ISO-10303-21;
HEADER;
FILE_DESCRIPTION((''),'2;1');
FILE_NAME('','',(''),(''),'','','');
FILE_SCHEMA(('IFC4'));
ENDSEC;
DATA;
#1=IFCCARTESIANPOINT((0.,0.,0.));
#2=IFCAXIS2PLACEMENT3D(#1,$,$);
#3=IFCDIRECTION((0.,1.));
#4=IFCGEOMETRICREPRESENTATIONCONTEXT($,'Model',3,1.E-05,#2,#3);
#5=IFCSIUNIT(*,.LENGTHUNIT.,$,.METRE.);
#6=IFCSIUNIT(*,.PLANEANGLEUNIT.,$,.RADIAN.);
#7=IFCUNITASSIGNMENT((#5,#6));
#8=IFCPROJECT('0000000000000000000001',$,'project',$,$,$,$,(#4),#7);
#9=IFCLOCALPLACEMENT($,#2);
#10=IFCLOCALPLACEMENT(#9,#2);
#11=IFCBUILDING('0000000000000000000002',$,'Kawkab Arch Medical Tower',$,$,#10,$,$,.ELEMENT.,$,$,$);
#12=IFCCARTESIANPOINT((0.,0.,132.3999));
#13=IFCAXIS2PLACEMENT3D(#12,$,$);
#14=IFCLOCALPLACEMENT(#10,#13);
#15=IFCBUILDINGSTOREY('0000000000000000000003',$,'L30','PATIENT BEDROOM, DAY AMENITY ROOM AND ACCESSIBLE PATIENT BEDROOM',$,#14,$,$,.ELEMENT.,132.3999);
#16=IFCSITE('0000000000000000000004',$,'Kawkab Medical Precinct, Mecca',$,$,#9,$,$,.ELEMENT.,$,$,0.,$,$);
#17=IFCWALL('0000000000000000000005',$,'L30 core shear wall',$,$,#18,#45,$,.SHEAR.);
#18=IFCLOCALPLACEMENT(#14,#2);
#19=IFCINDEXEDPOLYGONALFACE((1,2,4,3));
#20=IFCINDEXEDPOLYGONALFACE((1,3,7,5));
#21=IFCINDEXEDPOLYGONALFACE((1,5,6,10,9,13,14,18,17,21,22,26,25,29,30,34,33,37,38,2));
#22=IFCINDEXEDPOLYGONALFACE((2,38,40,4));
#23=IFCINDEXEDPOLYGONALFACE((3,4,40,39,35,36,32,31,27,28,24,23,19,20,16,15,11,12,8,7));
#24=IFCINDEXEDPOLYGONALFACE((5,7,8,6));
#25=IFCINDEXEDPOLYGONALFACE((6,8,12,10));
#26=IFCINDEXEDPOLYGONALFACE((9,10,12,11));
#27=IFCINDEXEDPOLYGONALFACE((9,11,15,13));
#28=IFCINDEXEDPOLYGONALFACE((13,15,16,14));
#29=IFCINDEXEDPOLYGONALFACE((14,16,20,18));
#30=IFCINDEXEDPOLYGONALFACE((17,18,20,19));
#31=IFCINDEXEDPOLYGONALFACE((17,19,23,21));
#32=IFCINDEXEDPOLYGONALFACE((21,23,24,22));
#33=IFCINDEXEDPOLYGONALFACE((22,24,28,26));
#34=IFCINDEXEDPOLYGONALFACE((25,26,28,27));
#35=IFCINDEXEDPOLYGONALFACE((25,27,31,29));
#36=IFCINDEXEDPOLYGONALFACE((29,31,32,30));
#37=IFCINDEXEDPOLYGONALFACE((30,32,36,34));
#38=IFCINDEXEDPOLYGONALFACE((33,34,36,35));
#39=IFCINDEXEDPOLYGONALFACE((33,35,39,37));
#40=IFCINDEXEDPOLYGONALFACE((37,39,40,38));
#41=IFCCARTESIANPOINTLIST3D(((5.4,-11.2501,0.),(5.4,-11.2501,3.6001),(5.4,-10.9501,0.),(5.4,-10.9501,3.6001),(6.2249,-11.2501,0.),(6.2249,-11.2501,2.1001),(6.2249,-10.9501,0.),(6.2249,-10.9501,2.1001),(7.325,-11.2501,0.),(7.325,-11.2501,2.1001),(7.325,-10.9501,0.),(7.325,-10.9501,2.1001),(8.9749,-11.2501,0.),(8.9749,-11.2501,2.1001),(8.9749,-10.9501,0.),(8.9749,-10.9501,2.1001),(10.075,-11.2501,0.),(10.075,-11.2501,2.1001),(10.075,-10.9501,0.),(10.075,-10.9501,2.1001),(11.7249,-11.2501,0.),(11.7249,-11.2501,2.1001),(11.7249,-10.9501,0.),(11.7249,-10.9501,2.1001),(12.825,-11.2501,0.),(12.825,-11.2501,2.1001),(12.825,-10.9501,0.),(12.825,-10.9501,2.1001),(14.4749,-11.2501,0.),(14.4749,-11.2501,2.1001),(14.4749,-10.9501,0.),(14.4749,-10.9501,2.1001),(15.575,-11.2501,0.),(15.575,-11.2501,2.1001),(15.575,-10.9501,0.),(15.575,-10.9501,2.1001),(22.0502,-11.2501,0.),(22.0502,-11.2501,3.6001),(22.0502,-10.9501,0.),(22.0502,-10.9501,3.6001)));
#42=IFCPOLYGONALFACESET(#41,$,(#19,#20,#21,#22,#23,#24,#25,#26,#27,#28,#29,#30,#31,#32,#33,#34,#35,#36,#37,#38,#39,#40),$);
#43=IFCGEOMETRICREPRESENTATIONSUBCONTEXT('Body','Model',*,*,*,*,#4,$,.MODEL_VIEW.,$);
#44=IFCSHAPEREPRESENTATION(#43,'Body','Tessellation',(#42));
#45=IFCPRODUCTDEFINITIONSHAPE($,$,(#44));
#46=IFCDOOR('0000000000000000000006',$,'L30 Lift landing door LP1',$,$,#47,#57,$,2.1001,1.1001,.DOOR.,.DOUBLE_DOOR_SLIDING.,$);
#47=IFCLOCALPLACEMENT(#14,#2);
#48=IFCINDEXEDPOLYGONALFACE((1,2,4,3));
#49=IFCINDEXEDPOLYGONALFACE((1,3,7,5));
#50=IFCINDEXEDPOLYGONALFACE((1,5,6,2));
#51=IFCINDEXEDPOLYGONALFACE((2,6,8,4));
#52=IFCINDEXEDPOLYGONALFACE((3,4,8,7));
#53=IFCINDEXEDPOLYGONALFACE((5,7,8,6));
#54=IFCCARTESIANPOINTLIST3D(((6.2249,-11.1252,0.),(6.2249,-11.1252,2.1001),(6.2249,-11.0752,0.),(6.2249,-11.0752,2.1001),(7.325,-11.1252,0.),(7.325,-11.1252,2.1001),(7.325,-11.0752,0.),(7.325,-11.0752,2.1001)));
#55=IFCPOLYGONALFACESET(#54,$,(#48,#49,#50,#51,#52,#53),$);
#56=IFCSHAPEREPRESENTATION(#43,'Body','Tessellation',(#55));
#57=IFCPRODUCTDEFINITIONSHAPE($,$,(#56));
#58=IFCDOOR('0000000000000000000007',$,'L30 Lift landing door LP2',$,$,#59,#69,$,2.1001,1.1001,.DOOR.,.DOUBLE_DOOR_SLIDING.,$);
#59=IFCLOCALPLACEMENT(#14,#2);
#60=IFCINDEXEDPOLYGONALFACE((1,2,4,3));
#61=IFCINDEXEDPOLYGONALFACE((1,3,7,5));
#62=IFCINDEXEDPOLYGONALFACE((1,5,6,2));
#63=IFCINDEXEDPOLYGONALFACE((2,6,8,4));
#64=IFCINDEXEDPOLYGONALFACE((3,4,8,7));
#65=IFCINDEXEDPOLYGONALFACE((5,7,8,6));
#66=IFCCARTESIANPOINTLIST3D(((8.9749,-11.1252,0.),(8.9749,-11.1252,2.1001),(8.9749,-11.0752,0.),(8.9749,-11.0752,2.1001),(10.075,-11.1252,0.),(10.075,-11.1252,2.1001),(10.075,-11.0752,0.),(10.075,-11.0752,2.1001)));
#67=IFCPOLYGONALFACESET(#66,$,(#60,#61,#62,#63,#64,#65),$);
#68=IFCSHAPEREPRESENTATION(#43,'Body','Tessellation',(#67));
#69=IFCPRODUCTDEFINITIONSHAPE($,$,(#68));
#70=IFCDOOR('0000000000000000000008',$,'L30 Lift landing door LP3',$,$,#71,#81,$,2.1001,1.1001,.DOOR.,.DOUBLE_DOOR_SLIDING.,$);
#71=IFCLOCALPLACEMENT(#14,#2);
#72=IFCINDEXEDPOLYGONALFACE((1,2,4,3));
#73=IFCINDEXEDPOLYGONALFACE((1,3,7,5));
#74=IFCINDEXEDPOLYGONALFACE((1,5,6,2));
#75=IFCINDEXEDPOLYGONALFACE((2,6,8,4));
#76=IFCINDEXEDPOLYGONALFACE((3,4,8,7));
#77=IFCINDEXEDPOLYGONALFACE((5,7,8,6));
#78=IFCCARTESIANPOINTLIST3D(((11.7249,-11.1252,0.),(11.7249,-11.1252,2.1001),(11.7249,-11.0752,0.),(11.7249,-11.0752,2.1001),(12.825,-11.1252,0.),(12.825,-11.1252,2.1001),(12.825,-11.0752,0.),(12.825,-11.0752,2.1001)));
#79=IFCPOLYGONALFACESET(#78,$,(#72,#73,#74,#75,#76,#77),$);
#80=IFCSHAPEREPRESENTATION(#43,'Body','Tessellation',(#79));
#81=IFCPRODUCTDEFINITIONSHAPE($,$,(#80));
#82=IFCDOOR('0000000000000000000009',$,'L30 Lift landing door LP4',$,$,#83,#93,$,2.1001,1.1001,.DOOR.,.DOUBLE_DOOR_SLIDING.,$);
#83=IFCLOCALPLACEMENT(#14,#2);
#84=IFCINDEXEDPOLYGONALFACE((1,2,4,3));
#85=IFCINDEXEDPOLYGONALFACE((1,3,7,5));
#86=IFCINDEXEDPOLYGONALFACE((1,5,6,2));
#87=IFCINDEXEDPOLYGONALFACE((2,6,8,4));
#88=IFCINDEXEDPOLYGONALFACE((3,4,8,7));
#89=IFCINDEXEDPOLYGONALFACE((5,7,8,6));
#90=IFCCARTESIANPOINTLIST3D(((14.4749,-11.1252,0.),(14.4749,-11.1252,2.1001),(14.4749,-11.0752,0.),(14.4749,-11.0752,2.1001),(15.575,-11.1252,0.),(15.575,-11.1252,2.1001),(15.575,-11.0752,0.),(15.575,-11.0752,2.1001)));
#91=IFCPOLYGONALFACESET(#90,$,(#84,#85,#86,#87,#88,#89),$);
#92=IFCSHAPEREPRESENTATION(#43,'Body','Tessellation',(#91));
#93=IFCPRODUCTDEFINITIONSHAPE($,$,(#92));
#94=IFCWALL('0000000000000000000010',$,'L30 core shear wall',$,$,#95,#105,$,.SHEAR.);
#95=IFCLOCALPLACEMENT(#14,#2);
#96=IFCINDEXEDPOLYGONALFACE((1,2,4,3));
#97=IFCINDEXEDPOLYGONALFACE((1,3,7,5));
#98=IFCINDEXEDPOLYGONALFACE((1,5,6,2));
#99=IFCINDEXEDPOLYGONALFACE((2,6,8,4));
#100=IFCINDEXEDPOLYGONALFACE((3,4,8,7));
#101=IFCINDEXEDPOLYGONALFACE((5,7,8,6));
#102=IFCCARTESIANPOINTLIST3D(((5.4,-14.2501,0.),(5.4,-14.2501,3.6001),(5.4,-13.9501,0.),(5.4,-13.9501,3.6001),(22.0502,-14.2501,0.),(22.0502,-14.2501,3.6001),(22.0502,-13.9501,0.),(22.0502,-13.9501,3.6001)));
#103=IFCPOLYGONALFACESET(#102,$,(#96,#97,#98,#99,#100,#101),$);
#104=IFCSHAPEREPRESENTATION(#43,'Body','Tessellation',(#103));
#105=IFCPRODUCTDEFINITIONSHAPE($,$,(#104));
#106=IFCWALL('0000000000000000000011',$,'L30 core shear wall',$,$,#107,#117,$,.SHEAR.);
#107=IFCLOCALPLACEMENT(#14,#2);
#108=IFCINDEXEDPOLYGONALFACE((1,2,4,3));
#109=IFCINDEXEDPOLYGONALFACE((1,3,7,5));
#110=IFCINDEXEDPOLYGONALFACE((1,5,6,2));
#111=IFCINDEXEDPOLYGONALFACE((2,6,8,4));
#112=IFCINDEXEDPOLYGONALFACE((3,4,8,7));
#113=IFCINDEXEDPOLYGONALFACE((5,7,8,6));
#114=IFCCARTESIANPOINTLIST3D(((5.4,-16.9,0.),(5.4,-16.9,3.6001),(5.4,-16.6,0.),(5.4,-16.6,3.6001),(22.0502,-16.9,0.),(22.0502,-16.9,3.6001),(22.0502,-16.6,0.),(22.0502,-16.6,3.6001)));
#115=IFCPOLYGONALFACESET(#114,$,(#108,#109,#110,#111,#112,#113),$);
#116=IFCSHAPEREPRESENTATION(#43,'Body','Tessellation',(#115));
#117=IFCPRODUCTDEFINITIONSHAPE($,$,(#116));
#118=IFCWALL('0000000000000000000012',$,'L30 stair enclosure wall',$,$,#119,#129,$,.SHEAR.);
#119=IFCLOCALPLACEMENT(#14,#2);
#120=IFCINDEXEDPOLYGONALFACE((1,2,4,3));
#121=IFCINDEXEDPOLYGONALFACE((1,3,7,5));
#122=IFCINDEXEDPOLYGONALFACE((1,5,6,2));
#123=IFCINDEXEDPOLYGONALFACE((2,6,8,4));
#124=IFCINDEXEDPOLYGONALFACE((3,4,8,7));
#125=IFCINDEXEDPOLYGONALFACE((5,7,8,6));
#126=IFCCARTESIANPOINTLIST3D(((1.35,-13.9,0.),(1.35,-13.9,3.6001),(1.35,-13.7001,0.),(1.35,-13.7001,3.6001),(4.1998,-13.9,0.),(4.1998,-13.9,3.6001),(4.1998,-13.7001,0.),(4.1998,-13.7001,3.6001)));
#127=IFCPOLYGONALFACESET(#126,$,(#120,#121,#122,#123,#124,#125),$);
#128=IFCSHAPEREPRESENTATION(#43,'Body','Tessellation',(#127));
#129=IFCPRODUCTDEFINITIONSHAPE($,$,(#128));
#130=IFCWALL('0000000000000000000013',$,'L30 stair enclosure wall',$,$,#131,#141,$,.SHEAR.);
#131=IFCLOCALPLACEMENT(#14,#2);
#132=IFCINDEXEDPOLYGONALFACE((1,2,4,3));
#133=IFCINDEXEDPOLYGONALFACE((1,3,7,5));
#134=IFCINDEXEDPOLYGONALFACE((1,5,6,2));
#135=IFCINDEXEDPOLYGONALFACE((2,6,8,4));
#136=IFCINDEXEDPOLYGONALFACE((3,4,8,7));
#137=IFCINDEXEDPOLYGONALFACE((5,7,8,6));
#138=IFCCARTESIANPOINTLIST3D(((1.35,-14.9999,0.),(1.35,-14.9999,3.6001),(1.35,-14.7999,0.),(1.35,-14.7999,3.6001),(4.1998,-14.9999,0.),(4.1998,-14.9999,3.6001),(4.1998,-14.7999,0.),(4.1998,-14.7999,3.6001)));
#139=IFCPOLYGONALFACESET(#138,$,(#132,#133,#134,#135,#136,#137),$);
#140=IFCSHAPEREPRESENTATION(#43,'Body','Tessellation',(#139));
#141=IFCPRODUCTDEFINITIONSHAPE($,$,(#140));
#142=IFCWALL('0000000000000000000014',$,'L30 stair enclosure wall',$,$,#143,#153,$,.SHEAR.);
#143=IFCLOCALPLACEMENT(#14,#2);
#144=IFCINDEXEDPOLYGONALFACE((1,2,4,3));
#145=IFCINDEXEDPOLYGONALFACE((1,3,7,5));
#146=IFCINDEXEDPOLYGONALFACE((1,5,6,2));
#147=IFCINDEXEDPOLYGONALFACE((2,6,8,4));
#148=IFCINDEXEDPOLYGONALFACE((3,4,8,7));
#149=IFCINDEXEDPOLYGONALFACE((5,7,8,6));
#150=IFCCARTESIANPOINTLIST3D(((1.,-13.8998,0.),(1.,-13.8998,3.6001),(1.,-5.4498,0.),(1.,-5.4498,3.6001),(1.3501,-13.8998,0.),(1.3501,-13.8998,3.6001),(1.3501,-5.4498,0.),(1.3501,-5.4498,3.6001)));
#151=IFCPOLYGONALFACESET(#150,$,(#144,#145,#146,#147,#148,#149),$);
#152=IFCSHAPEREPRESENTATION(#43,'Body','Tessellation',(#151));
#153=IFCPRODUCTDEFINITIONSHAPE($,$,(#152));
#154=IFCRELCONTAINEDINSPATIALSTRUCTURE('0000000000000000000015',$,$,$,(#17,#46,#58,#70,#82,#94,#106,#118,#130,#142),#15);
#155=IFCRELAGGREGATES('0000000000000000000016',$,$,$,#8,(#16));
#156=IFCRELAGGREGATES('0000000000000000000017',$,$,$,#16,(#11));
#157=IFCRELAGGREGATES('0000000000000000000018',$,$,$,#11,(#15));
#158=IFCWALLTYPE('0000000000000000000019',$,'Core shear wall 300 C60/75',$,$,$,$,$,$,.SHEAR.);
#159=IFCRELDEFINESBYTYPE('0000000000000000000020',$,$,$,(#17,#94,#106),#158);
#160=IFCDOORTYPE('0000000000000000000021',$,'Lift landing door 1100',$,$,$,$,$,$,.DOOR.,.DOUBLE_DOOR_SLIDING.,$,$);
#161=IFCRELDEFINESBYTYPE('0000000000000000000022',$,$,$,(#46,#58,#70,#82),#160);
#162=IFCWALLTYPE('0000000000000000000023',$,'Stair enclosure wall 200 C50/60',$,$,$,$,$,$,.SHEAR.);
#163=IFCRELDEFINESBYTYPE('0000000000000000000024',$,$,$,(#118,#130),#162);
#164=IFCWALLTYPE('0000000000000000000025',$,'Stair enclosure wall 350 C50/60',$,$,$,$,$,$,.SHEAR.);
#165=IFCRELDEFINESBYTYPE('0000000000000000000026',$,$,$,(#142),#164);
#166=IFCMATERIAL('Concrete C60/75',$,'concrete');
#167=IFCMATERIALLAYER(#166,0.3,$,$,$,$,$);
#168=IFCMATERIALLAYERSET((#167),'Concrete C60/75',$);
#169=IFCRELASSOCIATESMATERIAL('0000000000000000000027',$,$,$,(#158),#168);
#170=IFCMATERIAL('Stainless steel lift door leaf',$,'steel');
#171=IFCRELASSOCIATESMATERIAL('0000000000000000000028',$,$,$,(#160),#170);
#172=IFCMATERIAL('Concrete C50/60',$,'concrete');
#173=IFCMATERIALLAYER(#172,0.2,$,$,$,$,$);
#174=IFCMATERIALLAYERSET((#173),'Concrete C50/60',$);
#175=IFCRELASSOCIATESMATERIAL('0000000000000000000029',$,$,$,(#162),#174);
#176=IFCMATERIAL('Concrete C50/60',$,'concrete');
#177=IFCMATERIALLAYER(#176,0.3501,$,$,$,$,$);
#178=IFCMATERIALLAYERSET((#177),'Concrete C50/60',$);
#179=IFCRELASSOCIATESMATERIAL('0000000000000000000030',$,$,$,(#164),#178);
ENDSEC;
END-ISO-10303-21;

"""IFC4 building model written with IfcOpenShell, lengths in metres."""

from ifc_helpers import new_model, si_unit, direction, frame, frame_2d, origin, place, context, subcontext, project, spatial, rectangle, extrude, material, layer, layer_set, type_object, element, fill, save


model = new_model("IFC4")

# Units and contexts
model_context = context("Model", 3, precision=1e-05, world=origin(), true_north=direction((0.0, 1.0)))
body_context = subcontext(model_context, "Body", "Model", "MODEL_VIEW")
ifc_project = project(units=[si_unit("LENGTHUNIT", "METRE"), si_unit("PLANEANGLEUNIT", "RADIAN")], contexts=[model_context])

# Site, building, storey
site_placement = place(None, origin())
site = spatial("IfcSite", under=ifc_project, at=site_placement, Name="Kawkab Medical Precinct, Mecca", CompositionType="ELEMENT", RefElevation=0.0)
building_placement = place(site_placement, origin())
building = spatial("IfcBuilding", under=site, at=building_placement, Name="Kawkab Arch Medical Tower", CompositionType="ELEMENT")
storey_placement = place(building_placement, frame((0.0, 0.0, 132.3999)))
storey = spatial("IfcBuildingStorey", under=building, at=storey_placement, Name="L30", Description="PATIENT BEDROOM, DAY AMENITY ROOM AND ACCESSIBLE PATIENT BEDROOM", CompositionType="ELEMENT", Elevation=132.3999)

# Shared definitions
ifc_material_1 = material(Name="Concrete C60/75", Category="concrete")
ifc_layer_1 = layer(ifc_material_1, 0.3)
ifc_layer_set_1 = layer_set([ifc_layer_1], Name="Concrete C60/75")
wall_type_1 = type_object("IfcWallType", Name="Core shear wall 300 C60/75", PredefinedType="SHEAR", material=ifc_layer_set_1)

# Wall, openings, doors
wall_1_placement = place(storey_placement, frame((5.3999, -11.1001, 0.0), z_axis=(0.0, 0.0, 1.0), x_axis=(1.0, 0.0, 0.0)))
wall_1 = element("IfcWall", 1, at=wall_1_placement, inside=storey, type_object=wall_type_1, Name="L30 core shear wall", PredefinedType="SHEAR", context=body_context, shape_type="SweptSolid", body=[
    extrude(rectangle(XDim=16.6501, YDim=0.3, at=frame_2d((8.3252, 0.0))), origin(), (0.0, 0.0, 1.0), 3.6001),
])
opening_1_placement = place(wall_1_placement, frame((0.825, 0.0, 0.0)))
opening_1 = element("IfcOpeningElement", 2, at=opening_1_placement, cuts=wall_1, PredefinedType="OPENING", context=body_context, shape_type="SweptSolid", body=[
    extrude(rectangle(XDim=1.1001, YDim=2.1001, at=frame_2d((0.55, 1.05))), frame((0.0, 0.1599, 0.0), z_axis=(0.0, -1.0, 0.0), x_axis=(1.0, 0.0, 0.0)), (0.0, 0.0, 1.0), 0.3201),
])
opening_2_placement = place(wall_1_placement, frame((3.575, 0.0, 0.0)))
opening_2 = element("IfcOpeningElement", 3, at=opening_2_placement, cuts=wall_1, PredefinedType="OPENING", context=body_context, shape_type="SweptSolid", body=[
    extrude(rectangle(XDim=1.1001, YDim=2.1001, at=frame_2d((0.55, 1.05))), frame((0.0, 0.1599, 0.0), z_axis=(0.0, -1.0, 0.0), x_axis=(1.0, 0.0, 0.0)), (0.0, 0.0, 1.0), 0.3201),
])
opening_3_placement = place(wall_1_placement, frame((6.325, 0.0, 0.0)))
opening_3 = element("IfcOpeningElement", 4, at=opening_3_placement, cuts=wall_1, PredefinedType="OPENING", context=body_context, shape_type="SweptSolid", body=[
    extrude(rectangle(XDim=1.1001, YDim=2.1001, at=frame_2d((0.55, 1.05))), frame((0.0, 0.1599, 0.0), z_axis=(0.0, -1.0, 0.0), x_axis=(1.0, 0.0, 0.0)), (0.0, 0.0, 1.0), 0.3201),
])
opening_4_placement = place(wall_1_placement, frame((9.075, 0.0, 0.0)))
opening_4 = element("IfcOpeningElement", 5, at=opening_4_placement, cuts=wall_1, PredefinedType="OPENING", context=body_context, shape_type="SweptSolid", body=[
    extrude(rectangle(XDim=1.1001, YDim=2.1001, at=frame_2d((0.55, 1.05))), frame((0.0, 0.1599, 0.0), z_axis=(0.0, -1.0, 0.0), x_axis=(1.0, 0.0, 0.0)), (0.0, 0.0, 1.0), 0.3201),
])
ifc_material_2 = material(Name="Stainless steel lift door leaf", Category="steel")
door_type = type_object("IfcDoorType", Name="Lift landing door 1100", OperationType="DOUBLE_DOOR_SLIDING", PredefinedType="DOOR", material=ifc_material_2)
door_1_placement = place(opening_1_placement, origin())
door_1 = element("IfcDoor", 6, at=door_1_placement, inside=storey, type_object=door_type, Name="L30 Lift landing door LP1", OperationType="DOUBLE_DOOR_SLIDING", OverallHeight=2.1001, OverallWidth=1.1001, PredefinedType="DOOR", context=body_context, shape_type="SweptSolid", body=[
    extrude(rectangle(XDim=1.1001, YDim=2.1001, at=frame_2d((0.55, 1.05))), frame((0.0, 0.0249, 0.0), z_axis=(0.0, -1.0, 0.0), x_axis=(1.0, 0.0, 0.0)), (0.0, 0.0, 1.0), 0.05),
])
fill(opening_1, door_1)
door_2_placement = place(opening_2_placement, origin())
door_2 = element("IfcDoor", 7, at=door_2_placement, inside=storey, type_object=door_type, Name="L30 Lift landing door LP2", OperationType="DOUBLE_DOOR_SLIDING", OverallHeight=2.1001, OverallWidth=1.1001, PredefinedType="DOOR", context=body_context, shape_type="SweptSolid", body=[
    extrude(rectangle(XDim=1.1001, YDim=2.1001, at=frame_2d((0.55, 1.05))), frame((0.0, 0.0249, 0.0), z_axis=(0.0, -1.0, 0.0), x_axis=(1.0, 0.0, 0.0)), (0.0, 0.0, 1.0), 0.05),
])
fill(opening_2, door_2)
door_3_placement = place(opening_3_placement, origin())
door_3 = element("IfcDoor", 8, at=door_3_placement, inside=storey, type_object=door_type, Name="L30 Lift landing door LP3", OperationType="DOUBLE_DOOR_SLIDING", OverallHeight=2.1001, OverallWidth=1.1001, PredefinedType="DOOR", context=body_context, shape_type="SweptSolid", body=[
    extrude(rectangle(XDim=1.1001, YDim=2.1001, at=frame_2d((0.55, 1.05))), frame((0.0, 0.0249, 0.0), z_axis=(0.0, -1.0, 0.0), x_axis=(1.0, 0.0, 0.0)), (0.0, 0.0, 1.0), 0.05),
])
fill(opening_3, door_3)
door_4_placement = place(opening_4_placement, origin())
door_4 = element("IfcDoor", 9, at=door_4_placement, inside=storey, type_object=door_type, Name="L30 Lift landing door LP4", OperationType="DOUBLE_DOOR_SLIDING", OverallHeight=2.1001, OverallWidth=1.1001, PredefinedType="DOOR", context=body_context, shape_type="SweptSolid", body=[
    extrude(rectangle(XDim=1.1001, YDim=2.1001, at=frame_2d((0.55, 1.05))), frame((0.0, 0.0249, 0.0), z_axis=(0.0, -1.0, 0.0), x_axis=(1.0, 0.0, 0.0)), (0.0, 0.0, 1.0), 0.05),
])
fill(opening_4, door_4)

# Walls
for number, where, z_axis, x_axis, name in (
    (10, (5.3999, -14.1001, 0.0), (0.0, 0.0, 1.0), (1.0, 0.0, 0.0), "L30 core shear wall"),
    (11, (5.3999, -16.75, 0.0), (0.0, 0.0, 1.0), (1.0, 0.0, 0.0), "L30 core shear wall"),
):
    element("IfcWall", number, at=place(storey_placement, frame(where, z_axis=z_axis, x_axis=x_axis)), inside=storey, type_object=wall_type_1, Name=name, PredefinedType="SHEAR", context=body_context, shape_type="SweptSolid", body=[
        extrude(rectangle(XDim=16.6501, YDim=0.3, at=frame_2d((8.3252, 0.0))), origin(), (0.0, 0.0, 1.0), 3.6001),
    ])
ifc_material_3 = material(Name="Concrete C50/60", Category="concrete")
ifc_layer_2 = layer(ifc_material_3, 0.2)
ifc_layer_set_2 = layer_set([ifc_layer_2], Name="Concrete C50/60")
wall_type_2 = type_object("IfcWallType", Name="Stair enclosure wall 200 C50/60", PredefinedType="SHEAR", material=ifc_layer_set_2)
for number, where, z_axis, x_axis, name in (
    (12, (1.3501, -13.8, 0.0), (0.0, 0.0, 1.0), (1.0, 0.0, 0.0), "L30 stair enclosure wall"),
    (13, (1.3501, -14.8999, 0.0), (0.0, 0.0, 1.0), (1.0, 0.0, 0.0), "L30 stair enclosure wall"),
):
    element("IfcWall", number, at=place(storey_placement, frame(where, z_axis=z_axis, x_axis=x_axis)), inside=storey, type_object=wall_type_2, Name=name, PredefinedType="SHEAR", context=body_context, shape_type="SweptSolid", body=[
        extrude(rectangle(XDim=2.8499, YDim=0.2, at=frame_2d((1.4248, 0.0))), origin(), (0.0, 0.0, 1.0), 3.6001),
    ])
ifc_material_4 = material(Name="Concrete C50/60", Category="concrete")
ifc_layer_3 = layer(ifc_material_4, 0.3501)
ifc_layer_set_3 = layer_set([ifc_layer_3], Name="Concrete C50/60")
wall_type_3 = type_object("IfcWallType", Name="Stair enclosure wall 350 C50/60", PredefinedType="SHEAR", material=ifc_layer_set_3)
wall_2_placement = place(storey_placement, frame((1.175, -13.8999, 0.0), z_axis=(0.0, 0.0, 1.0), x_axis=(0.0, 1.0, 0.0)))
element("IfcWall", 14, at=wall_2_placement, inside=storey, type_object=wall_type_3, Name="L30 stair enclosure wall", PredefinedType="SHEAR", context=body_context, shape_type="SweptSolid", body=[
    extrude(rectangle(XDim=8.45, YDim=0.3501, at=frame_2d((4.2251, 0.0))), origin(), (0.0, 0.0, 1.0), 3.6001),
])

save(model, "model.ifc")
